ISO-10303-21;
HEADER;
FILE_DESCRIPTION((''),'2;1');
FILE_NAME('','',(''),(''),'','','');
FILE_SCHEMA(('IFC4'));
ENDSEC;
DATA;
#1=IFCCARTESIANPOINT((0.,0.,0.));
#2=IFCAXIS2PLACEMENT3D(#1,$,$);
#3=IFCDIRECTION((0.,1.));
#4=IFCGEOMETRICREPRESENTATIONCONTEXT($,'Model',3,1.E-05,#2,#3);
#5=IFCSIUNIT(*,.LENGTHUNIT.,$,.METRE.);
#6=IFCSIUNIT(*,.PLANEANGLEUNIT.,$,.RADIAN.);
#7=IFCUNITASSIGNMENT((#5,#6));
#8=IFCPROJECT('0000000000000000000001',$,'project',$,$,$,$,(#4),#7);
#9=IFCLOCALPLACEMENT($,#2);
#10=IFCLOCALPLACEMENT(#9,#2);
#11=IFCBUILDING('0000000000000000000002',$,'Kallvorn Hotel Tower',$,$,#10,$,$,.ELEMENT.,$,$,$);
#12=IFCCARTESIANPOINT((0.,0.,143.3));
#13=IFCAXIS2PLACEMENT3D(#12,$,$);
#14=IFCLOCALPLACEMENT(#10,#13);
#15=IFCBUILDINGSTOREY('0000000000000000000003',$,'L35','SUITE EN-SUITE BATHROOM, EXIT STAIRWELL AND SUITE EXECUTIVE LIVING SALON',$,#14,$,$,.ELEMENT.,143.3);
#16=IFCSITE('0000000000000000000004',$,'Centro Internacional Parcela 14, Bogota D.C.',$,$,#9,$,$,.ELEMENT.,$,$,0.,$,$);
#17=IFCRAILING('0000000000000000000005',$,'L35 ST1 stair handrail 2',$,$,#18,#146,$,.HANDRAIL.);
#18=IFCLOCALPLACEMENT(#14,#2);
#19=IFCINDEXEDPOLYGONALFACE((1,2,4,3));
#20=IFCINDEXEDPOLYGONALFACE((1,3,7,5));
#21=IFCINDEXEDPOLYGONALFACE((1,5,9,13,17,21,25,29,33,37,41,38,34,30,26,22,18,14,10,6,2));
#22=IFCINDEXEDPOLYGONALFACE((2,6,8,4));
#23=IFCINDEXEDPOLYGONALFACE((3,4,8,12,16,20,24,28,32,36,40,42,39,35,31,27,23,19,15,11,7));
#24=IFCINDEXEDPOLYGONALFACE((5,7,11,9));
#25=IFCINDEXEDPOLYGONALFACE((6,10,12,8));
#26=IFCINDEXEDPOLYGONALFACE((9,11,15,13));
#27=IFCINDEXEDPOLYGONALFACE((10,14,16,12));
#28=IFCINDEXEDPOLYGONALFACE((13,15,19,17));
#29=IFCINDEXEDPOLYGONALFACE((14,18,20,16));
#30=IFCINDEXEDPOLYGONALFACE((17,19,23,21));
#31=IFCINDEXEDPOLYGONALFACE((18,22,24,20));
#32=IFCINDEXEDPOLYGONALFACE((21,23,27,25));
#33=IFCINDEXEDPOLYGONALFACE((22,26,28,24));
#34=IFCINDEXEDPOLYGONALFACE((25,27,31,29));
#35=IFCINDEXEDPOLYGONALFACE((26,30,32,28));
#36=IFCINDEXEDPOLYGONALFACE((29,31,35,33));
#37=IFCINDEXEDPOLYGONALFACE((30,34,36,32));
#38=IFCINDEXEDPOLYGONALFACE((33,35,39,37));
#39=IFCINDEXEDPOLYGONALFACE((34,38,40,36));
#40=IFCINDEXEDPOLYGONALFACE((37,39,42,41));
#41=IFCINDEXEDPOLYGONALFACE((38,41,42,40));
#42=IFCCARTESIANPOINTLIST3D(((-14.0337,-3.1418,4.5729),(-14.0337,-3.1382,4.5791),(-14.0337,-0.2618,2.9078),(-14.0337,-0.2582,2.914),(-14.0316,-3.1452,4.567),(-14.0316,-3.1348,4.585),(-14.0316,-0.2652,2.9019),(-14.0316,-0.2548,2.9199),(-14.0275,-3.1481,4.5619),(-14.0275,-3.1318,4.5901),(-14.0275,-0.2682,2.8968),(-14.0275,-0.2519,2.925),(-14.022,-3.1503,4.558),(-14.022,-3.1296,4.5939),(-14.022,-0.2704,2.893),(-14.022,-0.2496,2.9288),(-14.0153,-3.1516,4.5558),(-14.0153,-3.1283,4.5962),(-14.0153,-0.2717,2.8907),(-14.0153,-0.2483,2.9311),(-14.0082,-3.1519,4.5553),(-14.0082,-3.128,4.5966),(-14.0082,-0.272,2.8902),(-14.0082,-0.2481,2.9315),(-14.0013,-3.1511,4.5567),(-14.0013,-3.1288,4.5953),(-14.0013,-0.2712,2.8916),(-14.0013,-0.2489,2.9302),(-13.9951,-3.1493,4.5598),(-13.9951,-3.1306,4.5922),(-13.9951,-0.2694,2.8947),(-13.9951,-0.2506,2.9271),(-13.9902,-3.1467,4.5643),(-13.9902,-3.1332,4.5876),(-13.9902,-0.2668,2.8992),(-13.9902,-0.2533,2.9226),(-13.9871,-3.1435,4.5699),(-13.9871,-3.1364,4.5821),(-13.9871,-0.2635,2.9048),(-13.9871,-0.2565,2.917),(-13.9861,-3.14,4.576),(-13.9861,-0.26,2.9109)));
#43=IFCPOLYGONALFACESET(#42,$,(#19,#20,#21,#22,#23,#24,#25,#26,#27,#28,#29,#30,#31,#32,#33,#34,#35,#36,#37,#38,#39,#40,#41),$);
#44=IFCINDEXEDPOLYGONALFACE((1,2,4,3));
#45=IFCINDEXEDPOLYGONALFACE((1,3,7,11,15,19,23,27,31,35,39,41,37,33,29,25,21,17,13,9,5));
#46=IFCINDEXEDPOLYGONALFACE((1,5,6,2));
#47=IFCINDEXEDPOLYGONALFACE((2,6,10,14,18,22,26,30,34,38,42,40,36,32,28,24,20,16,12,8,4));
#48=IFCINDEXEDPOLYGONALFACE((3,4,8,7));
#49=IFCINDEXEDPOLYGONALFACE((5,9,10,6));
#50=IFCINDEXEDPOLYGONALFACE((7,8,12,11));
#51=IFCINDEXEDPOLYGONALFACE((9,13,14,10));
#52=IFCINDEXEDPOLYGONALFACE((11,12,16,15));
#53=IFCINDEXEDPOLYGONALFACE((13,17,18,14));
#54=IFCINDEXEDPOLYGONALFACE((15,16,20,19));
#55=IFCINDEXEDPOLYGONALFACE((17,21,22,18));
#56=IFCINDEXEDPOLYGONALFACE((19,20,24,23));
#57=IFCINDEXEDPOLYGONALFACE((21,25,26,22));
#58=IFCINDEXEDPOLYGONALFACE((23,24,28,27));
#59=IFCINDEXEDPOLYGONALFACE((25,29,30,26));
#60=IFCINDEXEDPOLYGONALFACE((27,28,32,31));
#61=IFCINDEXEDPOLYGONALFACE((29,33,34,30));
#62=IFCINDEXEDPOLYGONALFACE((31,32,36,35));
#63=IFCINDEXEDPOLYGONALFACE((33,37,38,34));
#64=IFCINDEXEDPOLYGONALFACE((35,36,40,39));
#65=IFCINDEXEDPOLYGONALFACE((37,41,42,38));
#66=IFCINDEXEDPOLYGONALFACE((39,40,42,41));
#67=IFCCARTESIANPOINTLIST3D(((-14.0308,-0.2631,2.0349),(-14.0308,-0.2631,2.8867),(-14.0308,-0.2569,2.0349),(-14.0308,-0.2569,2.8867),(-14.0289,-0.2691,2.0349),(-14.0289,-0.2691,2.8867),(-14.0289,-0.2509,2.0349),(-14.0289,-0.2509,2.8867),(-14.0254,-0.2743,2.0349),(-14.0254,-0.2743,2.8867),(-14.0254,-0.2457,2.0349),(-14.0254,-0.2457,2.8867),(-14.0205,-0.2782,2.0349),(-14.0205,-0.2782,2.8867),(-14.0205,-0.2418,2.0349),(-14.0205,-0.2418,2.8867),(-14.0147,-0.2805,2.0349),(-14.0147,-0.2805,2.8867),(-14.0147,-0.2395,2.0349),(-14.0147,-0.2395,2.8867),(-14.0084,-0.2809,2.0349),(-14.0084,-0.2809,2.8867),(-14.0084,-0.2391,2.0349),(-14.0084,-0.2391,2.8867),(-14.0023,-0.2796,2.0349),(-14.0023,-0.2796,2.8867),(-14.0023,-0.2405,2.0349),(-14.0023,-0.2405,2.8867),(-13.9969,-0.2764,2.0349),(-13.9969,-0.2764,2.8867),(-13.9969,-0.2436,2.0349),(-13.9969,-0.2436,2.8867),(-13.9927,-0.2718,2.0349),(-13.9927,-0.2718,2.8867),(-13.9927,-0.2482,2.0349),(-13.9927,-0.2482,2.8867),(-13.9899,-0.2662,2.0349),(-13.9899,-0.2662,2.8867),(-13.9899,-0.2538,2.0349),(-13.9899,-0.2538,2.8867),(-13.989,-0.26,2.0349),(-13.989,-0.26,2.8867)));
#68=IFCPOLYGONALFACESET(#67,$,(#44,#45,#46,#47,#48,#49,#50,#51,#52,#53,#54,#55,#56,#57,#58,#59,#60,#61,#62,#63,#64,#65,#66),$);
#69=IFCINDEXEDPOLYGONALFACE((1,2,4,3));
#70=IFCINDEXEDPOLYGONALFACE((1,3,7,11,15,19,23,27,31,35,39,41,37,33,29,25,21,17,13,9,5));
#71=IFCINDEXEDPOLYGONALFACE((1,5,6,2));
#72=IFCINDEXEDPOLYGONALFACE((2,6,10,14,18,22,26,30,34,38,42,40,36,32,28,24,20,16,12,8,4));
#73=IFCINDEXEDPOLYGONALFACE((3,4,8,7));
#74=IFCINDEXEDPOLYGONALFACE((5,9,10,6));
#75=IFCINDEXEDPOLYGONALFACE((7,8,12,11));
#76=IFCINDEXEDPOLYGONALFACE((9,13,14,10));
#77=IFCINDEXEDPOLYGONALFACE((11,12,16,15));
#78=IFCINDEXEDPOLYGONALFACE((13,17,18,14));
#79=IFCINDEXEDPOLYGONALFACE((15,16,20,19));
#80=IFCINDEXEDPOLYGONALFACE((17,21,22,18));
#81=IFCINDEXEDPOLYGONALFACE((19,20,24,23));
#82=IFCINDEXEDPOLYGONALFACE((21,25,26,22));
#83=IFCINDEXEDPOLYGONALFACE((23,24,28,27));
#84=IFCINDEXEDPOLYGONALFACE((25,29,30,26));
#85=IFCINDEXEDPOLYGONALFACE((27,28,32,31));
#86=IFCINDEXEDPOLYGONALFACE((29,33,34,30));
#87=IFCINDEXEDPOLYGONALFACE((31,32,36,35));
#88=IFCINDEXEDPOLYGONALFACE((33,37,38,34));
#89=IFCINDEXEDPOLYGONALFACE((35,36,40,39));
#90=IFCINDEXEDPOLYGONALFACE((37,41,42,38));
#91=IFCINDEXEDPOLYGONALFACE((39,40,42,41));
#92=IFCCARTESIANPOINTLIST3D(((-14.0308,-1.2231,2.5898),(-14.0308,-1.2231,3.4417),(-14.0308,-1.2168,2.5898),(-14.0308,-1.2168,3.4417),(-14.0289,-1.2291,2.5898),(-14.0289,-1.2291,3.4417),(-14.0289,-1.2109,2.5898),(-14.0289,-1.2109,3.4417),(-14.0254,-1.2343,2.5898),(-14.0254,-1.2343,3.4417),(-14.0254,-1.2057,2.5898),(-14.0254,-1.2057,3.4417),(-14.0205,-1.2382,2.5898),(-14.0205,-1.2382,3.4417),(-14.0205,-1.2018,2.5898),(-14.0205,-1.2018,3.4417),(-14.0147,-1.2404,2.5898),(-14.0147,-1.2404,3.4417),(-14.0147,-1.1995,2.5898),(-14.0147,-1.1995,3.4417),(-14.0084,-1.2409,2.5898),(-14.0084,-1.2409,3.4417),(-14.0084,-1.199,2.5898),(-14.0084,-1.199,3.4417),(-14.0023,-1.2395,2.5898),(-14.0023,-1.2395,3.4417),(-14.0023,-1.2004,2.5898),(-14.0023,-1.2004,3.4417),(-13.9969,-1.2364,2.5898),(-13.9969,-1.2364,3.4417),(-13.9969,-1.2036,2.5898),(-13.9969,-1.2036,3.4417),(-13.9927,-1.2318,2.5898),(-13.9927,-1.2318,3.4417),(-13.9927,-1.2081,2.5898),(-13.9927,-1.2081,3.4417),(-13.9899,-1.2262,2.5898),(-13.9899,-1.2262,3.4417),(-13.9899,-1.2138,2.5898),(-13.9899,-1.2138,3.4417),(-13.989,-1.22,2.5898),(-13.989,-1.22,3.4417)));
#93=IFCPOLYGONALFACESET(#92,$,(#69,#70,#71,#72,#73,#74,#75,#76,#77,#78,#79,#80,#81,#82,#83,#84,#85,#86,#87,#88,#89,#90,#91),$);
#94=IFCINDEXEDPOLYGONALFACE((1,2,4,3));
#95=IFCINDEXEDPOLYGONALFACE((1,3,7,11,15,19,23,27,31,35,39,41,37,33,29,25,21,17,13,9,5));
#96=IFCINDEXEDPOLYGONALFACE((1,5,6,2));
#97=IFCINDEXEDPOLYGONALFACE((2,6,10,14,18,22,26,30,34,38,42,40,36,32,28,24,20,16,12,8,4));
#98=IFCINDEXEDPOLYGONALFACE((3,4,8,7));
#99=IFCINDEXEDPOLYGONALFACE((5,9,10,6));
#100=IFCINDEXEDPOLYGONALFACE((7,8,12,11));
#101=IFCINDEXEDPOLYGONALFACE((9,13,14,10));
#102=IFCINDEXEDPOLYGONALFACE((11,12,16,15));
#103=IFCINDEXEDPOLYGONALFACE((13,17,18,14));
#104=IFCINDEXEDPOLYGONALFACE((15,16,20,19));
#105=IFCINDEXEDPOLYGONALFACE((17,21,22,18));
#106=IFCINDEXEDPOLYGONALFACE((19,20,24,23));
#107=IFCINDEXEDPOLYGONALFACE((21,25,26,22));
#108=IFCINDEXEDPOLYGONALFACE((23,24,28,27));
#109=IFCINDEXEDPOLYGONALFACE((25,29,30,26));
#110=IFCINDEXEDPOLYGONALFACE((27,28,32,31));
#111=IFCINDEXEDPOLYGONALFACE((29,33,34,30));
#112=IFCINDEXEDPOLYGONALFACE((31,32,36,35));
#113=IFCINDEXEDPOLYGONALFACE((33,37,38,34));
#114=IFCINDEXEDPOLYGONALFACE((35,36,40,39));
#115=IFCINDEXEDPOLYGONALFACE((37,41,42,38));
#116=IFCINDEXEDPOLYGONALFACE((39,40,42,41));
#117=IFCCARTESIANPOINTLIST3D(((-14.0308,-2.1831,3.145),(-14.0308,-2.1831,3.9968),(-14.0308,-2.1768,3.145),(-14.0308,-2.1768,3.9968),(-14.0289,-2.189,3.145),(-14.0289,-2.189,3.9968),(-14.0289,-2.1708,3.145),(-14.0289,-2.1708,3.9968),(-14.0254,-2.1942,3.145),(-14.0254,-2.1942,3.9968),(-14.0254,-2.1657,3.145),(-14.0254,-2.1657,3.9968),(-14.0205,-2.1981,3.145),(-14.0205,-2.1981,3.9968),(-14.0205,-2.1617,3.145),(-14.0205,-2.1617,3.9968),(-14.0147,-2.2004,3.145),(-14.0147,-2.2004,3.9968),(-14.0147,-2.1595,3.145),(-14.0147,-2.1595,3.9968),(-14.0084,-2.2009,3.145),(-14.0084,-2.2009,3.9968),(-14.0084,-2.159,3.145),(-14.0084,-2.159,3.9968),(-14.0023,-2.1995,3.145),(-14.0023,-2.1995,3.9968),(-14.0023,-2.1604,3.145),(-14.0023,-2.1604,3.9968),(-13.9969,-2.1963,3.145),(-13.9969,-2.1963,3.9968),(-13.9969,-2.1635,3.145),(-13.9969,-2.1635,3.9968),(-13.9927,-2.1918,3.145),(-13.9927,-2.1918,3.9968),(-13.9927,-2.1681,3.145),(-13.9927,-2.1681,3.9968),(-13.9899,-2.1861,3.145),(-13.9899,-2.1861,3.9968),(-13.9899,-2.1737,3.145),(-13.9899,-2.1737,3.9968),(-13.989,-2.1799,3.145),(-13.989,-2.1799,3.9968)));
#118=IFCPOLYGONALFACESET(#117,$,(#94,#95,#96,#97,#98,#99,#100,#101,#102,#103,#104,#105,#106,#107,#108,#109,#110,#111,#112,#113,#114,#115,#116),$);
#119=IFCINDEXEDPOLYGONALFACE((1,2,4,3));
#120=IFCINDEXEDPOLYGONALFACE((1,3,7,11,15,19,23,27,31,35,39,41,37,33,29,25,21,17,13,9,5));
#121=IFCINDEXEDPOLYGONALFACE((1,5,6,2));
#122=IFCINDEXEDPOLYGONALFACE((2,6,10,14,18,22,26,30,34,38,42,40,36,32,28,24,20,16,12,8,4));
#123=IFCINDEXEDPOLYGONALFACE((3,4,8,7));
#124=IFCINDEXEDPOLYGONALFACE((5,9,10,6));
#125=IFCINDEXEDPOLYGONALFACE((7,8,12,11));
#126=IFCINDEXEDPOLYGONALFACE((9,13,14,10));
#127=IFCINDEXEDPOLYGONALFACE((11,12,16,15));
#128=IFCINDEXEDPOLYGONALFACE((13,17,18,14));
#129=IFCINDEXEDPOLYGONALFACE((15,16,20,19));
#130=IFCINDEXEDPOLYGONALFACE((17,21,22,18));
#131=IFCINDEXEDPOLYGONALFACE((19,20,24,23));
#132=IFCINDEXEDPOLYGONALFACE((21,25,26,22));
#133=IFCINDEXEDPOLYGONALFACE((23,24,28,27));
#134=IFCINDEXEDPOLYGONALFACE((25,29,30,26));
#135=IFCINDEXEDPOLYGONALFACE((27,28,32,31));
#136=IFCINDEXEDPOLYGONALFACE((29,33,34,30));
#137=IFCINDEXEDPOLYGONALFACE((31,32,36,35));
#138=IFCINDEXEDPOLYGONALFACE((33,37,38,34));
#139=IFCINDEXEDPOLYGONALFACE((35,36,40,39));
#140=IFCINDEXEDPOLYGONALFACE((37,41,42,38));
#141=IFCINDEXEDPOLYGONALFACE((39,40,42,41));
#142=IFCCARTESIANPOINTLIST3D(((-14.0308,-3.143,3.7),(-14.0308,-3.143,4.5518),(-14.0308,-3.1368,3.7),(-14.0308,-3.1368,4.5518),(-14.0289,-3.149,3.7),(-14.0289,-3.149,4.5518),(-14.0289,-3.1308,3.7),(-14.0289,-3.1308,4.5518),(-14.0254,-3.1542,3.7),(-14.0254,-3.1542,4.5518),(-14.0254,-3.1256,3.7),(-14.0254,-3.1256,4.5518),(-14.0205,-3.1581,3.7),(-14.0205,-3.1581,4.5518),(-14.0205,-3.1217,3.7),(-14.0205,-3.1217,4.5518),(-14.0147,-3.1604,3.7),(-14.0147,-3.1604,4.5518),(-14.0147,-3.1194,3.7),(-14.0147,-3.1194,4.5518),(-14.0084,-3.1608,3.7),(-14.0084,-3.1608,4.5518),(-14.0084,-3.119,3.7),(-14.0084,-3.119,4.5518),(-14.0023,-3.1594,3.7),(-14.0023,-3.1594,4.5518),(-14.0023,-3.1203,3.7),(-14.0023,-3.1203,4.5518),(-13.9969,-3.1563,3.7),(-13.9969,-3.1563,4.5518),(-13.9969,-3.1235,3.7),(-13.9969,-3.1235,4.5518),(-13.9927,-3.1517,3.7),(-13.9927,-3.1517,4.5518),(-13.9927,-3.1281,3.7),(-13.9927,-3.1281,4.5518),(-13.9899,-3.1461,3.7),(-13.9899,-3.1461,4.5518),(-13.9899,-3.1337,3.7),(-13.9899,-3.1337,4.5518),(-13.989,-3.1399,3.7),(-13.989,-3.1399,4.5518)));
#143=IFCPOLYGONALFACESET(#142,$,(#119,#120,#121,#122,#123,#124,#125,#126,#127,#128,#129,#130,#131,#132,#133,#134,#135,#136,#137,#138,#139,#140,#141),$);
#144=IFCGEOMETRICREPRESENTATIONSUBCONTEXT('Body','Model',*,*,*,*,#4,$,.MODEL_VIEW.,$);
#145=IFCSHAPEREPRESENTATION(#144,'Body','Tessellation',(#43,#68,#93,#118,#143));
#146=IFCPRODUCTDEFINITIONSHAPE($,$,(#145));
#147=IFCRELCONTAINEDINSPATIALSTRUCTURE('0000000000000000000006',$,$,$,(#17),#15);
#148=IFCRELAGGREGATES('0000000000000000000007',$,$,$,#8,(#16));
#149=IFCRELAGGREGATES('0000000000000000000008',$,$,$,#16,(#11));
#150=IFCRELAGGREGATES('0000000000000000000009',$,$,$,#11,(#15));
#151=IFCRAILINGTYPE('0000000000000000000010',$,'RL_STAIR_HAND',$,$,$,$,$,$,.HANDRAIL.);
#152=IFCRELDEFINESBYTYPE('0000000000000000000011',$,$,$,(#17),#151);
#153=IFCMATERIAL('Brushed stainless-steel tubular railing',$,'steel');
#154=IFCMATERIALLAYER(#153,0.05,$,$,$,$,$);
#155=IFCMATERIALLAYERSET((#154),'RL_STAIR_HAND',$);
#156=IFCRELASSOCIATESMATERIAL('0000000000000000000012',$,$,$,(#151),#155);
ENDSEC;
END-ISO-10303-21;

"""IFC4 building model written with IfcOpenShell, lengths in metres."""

from ifc_helpers import new_model, si_unit, direction, frame, origin, origin_2d, place, context, subcontext, project, spatial, circle, extrude, material, layer, layer_set, type_object, element, save


model = new_model("IFC4")

# Units and contexts
model_context = context("Model", 3, precision=1e-05, world=origin(), true_north=direction((0.0, 1.0)))
body_context = subcontext(model_context, "Body", "Model", "MODEL_VIEW")
ifc_project = project(units=[si_unit("LENGTHUNIT", "METRE"), si_unit("PLANEANGLEUNIT", "RADIAN")], contexts=[model_context])

# Site, building, storey
site_placement = place(None, origin())
site = spatial("IfcSite", under=ifc_project, at=site_placement, Name="Centro Internacional Parcela 14, Bogota D.C.", CompositionType="ELEMENT", RefElevation=0.0)
building_placement = place(site_placement, origin())
building = spatial("IfcBuilding", under=site, at=building_placement, Name="Kallvorn Hotel Tower", CompositionType="ELEMENT")
storey_placement = place(building_placement, frame((0.0, 0.0, 143.3)))
storey = spatial("IfcBuildingStorey", under=building, at=storey_placement, Name="L35", Description="SUITE EN-SUITE BATHROOM, EXIT STAIRWELL AND SUITE EXECUTIVE LIVING SALON", CompositionType="ELEMENT", Elevation=143.3)

# Railing
ifc_material_1 = material(Name="Brushed stainless-steel tubular railing", Category="steel")
ifc_layer_1 = layer(ifc_material_1, 0.05)
ifc_layer_set_1 = layer_set([ifc_layer_1], Name="RL_STAIR_HAND")
railing_type_1 = type_object("IfcRailingType", Name="RL_STAIR_HAND", PredefinedType="HANDRAIL", material=ifc_layer_set_1)
railing_1_placement = place(storey_placement, frame((-14.01, -0.26, 2.0349)))
element("IfcRailing", 1, at=railing_1_placement, inside=storey, type_object=railing_type_1, Name="L35 ST1 stair handrail 2", PredefinedType="HANDRAIL", context=body_context, shape_type="SweptSolid", body=[
    extrude(circle(Radius=0.0239, at=origin_2d()), frame((0.0, 0.0, 0.876), z_axis=(0.0, -0.865721, 0.500527), x_axis=(1.0, 0.0, 0.0)), (0.0, 0.0, 1.0), 3.3267),
    extrude(circle(Radius=0.021, at=origin_2d()), origin(), (0.0, 0.0, 1.0), 0.8518),
    extrude(circle(Radius=0.021, at=origin_2d()), frame((0.0, -0.96, 0.5549)), (0.0, 0.0, 1.0), 0.8518),
    extrude(circle(Radius=0.021, at=origin_2d()), frame((0.0, -1.9199, 1.1101)), (0.0, 0.0, 1.0), 0.8518),
    extrude(circle(Radius=0.021, at=origin_2d()), frame((0.0, -2.8799, 1.665)), (0.0, 0.0, 1.0), 0.8518),
])

save(model, "model.ifc")
